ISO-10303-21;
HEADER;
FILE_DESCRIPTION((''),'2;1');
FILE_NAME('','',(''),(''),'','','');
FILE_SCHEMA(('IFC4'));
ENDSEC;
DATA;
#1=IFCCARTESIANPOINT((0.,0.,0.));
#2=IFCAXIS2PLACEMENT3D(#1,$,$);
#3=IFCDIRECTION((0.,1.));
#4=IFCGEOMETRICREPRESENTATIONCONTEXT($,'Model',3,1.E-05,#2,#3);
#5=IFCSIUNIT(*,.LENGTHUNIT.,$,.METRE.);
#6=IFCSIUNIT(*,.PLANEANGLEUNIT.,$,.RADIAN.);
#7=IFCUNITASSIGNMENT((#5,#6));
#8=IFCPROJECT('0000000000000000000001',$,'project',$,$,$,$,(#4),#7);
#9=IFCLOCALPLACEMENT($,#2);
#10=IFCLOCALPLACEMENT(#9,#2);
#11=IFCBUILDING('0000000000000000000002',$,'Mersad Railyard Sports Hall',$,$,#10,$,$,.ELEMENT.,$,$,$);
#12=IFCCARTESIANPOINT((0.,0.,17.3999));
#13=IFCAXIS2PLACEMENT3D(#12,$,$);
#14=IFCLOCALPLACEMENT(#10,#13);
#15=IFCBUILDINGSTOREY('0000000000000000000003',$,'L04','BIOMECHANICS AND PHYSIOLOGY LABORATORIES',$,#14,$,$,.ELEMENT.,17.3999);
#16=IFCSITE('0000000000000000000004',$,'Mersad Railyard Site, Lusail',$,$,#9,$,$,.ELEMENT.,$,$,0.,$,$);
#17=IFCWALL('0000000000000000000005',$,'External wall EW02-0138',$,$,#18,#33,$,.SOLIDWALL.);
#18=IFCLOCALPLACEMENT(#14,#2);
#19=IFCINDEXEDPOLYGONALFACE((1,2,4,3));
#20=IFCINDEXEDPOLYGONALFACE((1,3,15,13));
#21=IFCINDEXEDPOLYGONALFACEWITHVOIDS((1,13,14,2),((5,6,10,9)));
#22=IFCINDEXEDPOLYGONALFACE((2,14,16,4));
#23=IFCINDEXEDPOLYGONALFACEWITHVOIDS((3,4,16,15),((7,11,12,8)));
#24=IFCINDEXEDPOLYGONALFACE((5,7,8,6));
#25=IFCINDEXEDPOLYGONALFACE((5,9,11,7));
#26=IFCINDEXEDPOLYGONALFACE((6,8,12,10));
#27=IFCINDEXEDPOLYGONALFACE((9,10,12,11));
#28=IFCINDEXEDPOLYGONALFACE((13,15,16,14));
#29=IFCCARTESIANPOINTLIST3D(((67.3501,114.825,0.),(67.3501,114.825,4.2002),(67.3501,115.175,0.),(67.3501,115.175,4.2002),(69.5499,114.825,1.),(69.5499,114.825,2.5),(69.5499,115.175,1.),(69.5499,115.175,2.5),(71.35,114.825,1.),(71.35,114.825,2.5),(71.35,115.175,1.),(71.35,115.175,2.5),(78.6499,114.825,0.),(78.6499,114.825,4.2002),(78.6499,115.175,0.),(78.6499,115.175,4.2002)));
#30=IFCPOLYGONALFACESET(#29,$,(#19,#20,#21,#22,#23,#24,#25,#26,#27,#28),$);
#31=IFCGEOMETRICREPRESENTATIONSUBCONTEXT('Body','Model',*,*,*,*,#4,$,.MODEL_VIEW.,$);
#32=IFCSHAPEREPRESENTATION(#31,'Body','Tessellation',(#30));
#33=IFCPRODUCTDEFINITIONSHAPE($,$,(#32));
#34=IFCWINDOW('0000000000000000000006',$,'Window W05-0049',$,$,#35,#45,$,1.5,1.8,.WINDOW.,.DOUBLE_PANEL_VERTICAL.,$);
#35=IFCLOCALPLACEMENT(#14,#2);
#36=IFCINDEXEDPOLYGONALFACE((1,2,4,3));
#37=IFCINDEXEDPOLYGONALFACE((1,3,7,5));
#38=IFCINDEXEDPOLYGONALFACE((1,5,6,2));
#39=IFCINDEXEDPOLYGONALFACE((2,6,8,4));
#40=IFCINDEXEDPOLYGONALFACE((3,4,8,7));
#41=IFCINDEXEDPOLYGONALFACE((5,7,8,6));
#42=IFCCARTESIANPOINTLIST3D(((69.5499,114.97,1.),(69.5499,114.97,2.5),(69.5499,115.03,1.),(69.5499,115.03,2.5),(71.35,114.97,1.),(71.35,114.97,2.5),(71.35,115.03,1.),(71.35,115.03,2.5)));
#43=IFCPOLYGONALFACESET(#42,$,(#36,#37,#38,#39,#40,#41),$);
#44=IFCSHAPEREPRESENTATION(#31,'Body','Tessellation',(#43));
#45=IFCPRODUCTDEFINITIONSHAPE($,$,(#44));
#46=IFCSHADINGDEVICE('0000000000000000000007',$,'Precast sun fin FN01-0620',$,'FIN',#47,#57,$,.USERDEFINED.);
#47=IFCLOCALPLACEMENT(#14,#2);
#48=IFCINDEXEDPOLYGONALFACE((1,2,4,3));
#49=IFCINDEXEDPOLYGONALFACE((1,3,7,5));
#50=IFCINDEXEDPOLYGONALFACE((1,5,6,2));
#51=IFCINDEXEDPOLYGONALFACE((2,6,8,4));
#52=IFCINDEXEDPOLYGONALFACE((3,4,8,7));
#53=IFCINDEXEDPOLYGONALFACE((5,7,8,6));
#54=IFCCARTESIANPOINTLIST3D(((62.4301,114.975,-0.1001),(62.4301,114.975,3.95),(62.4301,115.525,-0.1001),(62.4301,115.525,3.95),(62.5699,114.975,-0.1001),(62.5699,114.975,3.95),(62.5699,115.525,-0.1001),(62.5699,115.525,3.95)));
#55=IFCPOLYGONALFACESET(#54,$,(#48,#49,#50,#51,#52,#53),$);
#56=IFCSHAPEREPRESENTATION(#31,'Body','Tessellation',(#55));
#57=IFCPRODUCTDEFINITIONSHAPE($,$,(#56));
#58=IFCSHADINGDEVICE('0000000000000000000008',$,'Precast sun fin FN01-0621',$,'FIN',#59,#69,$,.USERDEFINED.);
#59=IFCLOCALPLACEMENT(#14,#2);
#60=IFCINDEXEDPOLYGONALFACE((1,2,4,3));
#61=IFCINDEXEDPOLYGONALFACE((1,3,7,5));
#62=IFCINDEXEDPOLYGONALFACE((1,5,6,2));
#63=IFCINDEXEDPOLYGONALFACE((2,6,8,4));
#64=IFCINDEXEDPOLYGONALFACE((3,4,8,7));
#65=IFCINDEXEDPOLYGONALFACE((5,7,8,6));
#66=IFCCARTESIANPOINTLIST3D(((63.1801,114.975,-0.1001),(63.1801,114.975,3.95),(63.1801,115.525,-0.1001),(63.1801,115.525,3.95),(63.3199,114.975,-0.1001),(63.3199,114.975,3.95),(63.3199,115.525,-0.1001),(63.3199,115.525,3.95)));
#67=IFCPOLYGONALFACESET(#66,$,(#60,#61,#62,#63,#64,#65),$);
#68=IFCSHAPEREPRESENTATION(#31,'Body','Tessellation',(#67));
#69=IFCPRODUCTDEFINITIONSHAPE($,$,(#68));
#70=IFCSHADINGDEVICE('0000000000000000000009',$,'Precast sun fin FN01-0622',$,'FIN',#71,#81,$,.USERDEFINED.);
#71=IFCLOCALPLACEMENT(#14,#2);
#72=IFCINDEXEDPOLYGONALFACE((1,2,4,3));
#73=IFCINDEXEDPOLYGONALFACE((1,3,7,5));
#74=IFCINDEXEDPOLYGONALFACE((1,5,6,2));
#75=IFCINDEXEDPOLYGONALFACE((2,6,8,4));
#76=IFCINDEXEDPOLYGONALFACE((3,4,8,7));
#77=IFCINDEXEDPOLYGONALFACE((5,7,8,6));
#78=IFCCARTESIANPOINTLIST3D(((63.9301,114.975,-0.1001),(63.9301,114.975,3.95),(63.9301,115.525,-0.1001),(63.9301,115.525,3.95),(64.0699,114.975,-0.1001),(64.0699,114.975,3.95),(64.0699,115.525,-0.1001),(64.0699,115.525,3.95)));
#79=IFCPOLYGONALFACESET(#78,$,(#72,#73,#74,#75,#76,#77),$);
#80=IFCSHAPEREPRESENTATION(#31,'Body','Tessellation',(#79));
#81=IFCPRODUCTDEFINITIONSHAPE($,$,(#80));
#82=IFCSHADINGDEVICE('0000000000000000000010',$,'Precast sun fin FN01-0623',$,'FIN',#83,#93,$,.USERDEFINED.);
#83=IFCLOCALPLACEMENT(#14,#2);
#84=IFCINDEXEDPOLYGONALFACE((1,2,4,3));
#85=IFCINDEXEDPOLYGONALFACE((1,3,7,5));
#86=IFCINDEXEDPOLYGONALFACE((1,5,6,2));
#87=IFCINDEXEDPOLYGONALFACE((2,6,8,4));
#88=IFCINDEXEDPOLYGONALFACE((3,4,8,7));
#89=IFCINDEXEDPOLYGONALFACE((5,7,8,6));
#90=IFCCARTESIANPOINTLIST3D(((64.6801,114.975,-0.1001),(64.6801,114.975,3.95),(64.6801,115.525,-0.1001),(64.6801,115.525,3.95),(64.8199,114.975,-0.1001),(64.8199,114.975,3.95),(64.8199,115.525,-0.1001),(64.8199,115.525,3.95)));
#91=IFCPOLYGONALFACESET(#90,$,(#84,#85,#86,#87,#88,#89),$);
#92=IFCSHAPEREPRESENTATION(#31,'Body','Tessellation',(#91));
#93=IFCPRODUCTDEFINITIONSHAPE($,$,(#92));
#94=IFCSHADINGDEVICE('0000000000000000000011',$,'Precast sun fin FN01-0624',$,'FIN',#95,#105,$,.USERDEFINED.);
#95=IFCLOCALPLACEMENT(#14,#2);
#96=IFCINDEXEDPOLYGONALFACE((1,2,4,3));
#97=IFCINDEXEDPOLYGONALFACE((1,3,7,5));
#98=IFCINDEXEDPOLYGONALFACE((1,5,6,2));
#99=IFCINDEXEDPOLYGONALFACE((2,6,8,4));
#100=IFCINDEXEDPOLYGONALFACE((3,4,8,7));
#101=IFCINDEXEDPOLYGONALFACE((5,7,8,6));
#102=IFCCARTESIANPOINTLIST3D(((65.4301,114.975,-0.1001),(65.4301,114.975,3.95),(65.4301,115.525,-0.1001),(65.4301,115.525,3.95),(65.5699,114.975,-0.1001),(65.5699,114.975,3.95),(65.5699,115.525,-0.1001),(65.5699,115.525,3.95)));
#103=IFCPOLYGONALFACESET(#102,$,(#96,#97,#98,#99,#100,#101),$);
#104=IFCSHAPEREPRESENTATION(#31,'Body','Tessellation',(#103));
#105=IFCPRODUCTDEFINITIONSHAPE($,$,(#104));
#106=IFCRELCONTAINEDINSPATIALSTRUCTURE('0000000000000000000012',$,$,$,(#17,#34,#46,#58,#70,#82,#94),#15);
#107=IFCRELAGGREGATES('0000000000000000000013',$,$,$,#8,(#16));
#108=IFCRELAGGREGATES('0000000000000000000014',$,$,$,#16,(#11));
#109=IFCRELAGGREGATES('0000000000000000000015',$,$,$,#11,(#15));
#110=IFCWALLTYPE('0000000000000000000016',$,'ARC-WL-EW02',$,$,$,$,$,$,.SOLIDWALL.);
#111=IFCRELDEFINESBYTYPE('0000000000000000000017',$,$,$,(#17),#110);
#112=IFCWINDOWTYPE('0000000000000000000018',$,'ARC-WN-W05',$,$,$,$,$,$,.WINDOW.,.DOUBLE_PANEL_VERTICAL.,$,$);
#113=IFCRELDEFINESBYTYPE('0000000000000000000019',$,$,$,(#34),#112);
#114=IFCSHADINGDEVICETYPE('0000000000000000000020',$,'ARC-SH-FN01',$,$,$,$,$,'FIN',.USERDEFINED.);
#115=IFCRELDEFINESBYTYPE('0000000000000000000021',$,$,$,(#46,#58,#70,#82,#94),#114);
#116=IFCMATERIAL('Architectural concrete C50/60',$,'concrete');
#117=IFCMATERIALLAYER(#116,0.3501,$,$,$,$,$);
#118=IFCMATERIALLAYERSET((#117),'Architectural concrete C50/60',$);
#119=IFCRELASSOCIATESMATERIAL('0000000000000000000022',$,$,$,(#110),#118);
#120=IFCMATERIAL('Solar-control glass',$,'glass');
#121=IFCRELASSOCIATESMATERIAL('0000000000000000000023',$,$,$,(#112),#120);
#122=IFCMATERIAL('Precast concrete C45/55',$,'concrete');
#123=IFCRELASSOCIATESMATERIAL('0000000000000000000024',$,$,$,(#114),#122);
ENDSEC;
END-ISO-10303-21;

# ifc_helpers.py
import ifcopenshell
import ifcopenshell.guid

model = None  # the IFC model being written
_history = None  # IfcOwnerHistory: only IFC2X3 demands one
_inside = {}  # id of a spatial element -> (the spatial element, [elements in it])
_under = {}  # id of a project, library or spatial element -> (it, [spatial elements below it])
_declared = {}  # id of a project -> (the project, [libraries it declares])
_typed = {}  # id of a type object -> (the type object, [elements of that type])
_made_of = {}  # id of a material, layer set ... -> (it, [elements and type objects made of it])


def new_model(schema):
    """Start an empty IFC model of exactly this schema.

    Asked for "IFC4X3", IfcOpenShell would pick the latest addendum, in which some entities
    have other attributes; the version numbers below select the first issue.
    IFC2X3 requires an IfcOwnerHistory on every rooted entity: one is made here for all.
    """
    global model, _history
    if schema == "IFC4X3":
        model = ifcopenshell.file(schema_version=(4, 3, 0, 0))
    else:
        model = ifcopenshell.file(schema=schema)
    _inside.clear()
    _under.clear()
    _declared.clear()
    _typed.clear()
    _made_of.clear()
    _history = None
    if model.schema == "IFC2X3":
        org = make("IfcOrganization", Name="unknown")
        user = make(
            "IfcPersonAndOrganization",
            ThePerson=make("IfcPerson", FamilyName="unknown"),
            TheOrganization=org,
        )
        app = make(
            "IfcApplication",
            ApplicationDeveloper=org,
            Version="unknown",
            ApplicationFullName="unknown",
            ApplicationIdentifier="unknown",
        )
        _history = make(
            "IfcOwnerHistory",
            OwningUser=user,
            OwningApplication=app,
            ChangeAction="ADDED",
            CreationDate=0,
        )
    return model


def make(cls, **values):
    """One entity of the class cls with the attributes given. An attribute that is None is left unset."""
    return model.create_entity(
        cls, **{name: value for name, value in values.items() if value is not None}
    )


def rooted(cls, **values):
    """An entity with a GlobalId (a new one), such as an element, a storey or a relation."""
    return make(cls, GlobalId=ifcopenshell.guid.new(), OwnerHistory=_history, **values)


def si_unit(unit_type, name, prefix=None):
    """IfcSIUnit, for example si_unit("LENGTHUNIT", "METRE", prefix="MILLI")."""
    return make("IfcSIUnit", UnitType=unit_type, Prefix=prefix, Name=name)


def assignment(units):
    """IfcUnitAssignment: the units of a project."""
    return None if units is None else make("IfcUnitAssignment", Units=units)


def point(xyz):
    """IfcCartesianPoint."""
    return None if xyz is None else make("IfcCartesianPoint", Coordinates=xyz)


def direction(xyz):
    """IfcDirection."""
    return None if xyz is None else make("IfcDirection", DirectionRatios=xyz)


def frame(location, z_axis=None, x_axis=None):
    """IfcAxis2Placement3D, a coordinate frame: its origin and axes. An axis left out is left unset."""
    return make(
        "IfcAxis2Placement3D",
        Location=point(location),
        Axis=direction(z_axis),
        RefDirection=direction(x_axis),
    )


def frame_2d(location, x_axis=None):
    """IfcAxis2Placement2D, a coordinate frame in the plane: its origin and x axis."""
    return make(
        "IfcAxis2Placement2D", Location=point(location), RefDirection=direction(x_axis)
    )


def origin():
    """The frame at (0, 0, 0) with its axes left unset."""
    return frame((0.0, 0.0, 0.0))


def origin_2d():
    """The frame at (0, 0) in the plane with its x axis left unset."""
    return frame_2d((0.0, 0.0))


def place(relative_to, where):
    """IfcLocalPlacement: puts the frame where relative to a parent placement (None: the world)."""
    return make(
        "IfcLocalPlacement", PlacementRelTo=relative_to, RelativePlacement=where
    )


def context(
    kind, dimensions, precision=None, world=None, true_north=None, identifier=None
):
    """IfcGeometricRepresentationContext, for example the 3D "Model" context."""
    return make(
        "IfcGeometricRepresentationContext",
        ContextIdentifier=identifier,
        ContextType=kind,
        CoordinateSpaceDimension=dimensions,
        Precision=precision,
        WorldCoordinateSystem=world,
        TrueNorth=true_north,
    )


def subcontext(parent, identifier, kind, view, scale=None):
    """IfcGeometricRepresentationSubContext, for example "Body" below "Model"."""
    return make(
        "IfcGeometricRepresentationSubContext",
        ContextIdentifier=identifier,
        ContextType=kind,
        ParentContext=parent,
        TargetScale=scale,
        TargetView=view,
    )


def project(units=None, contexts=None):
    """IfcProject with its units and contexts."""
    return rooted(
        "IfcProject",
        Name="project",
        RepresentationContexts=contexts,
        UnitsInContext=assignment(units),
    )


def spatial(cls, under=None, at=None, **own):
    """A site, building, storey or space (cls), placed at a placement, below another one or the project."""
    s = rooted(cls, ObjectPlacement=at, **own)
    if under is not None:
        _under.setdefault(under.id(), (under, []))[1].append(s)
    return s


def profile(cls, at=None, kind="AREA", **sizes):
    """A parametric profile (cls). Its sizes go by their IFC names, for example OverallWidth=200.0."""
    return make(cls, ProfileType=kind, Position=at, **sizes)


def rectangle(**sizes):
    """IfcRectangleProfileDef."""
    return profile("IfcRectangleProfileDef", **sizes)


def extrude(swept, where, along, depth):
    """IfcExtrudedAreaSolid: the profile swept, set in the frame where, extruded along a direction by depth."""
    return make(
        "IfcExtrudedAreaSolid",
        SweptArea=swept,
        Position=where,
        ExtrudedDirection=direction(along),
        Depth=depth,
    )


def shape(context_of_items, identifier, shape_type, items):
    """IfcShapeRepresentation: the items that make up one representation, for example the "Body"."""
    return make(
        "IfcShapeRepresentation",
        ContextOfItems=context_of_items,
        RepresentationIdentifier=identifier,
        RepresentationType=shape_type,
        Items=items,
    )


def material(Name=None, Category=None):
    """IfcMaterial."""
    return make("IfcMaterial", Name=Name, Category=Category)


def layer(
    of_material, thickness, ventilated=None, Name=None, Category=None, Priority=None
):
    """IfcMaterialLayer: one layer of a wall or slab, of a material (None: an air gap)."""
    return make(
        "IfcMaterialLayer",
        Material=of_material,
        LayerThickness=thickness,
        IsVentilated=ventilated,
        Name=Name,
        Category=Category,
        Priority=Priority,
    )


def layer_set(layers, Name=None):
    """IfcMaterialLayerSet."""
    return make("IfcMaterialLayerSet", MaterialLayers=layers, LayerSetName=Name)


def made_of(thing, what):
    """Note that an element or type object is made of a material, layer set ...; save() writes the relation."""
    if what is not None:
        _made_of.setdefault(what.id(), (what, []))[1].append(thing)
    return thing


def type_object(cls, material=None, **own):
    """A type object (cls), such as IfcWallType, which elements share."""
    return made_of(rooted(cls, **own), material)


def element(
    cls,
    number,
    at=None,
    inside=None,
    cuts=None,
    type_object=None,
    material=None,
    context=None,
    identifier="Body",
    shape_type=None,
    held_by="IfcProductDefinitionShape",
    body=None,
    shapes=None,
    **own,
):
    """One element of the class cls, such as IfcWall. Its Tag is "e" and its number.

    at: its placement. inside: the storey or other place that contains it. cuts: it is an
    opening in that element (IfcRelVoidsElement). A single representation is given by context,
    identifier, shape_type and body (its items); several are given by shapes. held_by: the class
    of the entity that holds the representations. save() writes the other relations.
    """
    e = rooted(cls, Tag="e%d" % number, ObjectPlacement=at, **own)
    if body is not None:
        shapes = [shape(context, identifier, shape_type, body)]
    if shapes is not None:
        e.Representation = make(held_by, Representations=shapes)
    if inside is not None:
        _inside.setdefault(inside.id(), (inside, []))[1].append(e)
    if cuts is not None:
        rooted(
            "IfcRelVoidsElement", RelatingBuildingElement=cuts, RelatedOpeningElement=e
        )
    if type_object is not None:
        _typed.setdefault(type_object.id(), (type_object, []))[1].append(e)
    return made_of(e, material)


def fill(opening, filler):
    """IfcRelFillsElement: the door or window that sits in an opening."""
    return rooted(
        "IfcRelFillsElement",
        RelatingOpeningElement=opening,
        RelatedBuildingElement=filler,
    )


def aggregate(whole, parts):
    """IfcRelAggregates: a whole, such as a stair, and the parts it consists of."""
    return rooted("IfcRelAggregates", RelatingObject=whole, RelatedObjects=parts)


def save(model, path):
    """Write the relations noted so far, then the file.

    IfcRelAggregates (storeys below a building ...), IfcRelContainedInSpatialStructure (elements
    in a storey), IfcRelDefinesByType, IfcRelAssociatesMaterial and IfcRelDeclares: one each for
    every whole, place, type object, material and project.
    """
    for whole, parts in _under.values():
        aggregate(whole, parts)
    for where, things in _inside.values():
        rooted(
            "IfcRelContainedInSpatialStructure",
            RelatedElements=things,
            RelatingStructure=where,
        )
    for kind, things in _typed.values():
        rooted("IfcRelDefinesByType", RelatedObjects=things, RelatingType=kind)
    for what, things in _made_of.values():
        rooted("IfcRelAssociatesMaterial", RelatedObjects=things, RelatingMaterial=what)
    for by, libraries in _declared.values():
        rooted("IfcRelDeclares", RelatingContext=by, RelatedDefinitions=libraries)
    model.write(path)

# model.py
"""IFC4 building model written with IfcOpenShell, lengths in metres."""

from ifc_helpers import new_model, si_unit, direction, frame, frame_2d, origin, origin_2d, place, context, subcontext, project, spatial, rectangle, extrude, material, layer, layer_set, type_object, element, fill, save


model = new_model("IFC4")

# Units and contexts
model_context = context("Model", 3, precision=1e-05, world=origin(), true_north=direction((0.0, 1.0)))
body_context = subcontext(model_context, "Body", "Model", "MODEL_VIEW")
ifc_project = project(units=[si_unit("LENGTHUNIT", "METRE"), si_unit("PLANEANGLEUNIT", "RADIAN")], contexts=[model_context])

# Site, building, storey
site_placement = place(None, origin())
site = spatial("IfcSite", under=ifc_project, at=site_placement, Name="Mersad Railyard Site, Lusail", CompositionType="ELEMENT", RefElevation=0.0)
building_placement = place(site_placement, origin())
building = spatial("IfcBuilding", under=site, at=building_placement, Name="Mersad Railyard Sports Hall", CompositionType="ELEMENT")
storey_placement = place(building_placement, frame((0.0, 0.0, 17.3999)))
storey = spatial("IfcBuildingStorey", under=building, at=storey_placement, Name="L04", Description="BIOMECHANICS AND PHYSIOLOGY LABORATORIES", CompositionType="ELEMENT", Elevation=17.3999)

# Shared definitions
ifc_material_1 = material(Name="Solar-control glass", Category="glass")

# Wall, opening, window
ifc_material_2 = material(Name="Architectural concrete C50/60", Category="concrete")
ifc_layer_1 = layer(ifc_material_2, 0.3501)
ifc_layer_set_1 = layer_set([ifc_layer_1], Name="Architectural concrete C50/60")
wall_type = type_object("IfcWallType", Name="ARC-WL-EW02", PredefinedType="SOLIDWALL", material=ifc_layer_set_1)
wall_placement = place(storey_placement, frame((67.3501, 115.0, 0.0), z_axis=(0.0, 0.0, 1.0), x_axis=(1.0, 0.0, 0.0)))
wall = element("IfcWall", 1, at=wall_placement, inside=storey, type_object=wall_type, Name="External wall EW02-0138", PredefinedType="SOLIDWALL", context=body_context, shape_type="SweptSolid", body=[
    extrude(rectangle(XDim=11.2998, YDim=0.3501, at=frame_2d((5.6499, 0.0))), origin(), (0.0, 0.0, 1.0), 4.2002),
])
opening_placement = place(wall_placement, frame((2.2, 0.0, 1.0)))
opening = element("IfcOpeningElement", 2, at=opening_placement, cuts=wall, PredefinedType="OPENING", context=body_context, shape_type="SweptSolid", body=[
    extrude(rectangle(XDim=1.8, YDim=1.5, at=frame_2d((0.8999, 0.75))), frame((0.0, 0.1851, 0.0), z_axis=(0.0, -1.0, 0.0), x_axis=(1.0, 0.0, 0.0)), (0.0, 0.0, 1.0), 0.3701),
])
window_type = type_object("IfcWindowType", Name="ARC-WN-W05", PartitioningType="DOUBLE_PANEL_VERTICAL", PredefinedType="WINDOW", material=ifc_material_1)
window_placement = place(opening_placement, origin())
window = element("IfcWindow", 3, at=window_placement, inside=storey, type_object=window_type, Name="Window W05-0049", OverallHeight=1.5, OverallWidth=1.8, PartitioningType="DOUBLE_PANEL_VERTICAL", PredefinedType="WINDOW", context=body_context, shape_type="SweptSolid", body=[
    extrude(rectangle(XDim=1.8, YDim=1.5, at=frame_2d((0.8999, 0.75))), frame((0.0, 0.03, 0.0), z_axis=(0.0, -1.0, 0.0), x_axis=(1.0, 0.0, 0.0)), (0.0, 0.0, 1.0), 0.0601),
])
fill(opening, window)

# Shading devices
ifc_material_3 = material(Name="Precast concrete C45/55", Category="concrete")
shading_device_type = type_object("IfcShadingDeviceType", Name="ARC-SH-FN01", ElementType="FIN", PredefinedType="USERDEFINED", material=ifc_material_3)
for number, where, z_axis, x_axis, name in (
    (4, (62.5, 115.25, -0.1001), (0.0, 0.0, 1.0), (1.0, 0.0, 0.0), "Precast sun fin FN01-0620"),
    (5, (63.25, 115.25, -0.1001), (0.0, 0.0, 1.0), (1.0, 0.0, 0.0), "Precast sun fin FN01-0621"),
    (6, (64.0, 115.25, -0.1001), (0.0, 0.0, 1.0), (1.0, 0.0, 0.0), "Precast sun fin FN01-0622"),
    (7, (64.75, 115.25, -0.1001), (0.0, 0.0, 1.0), (1.0, 0.0, 0.0), "Precast sun fin FN01-0623"),
    (8, (65.5, 115.25, -0.1001), (0.0, 0.0, 1.0), (1.0, 0.0, 0.0), "Precast sun fin FN01-0624"),
):
    element("IfcShadingDevice", number, at=place(storey_placement, frame(where, z_axis=z_axis, x_axis=x_axis)), inside=storey, type_object=shading_device_type, Name=name, ObjectType="FIN", PredefinedType="USERDEFINED", context=body_context, shape_type="SweptSolid", body=[
        extrude(rectangle(XDim=0.1399, YDim=0.55, at=origin_2d()), origin(), (0.0, 0.0, 1.0), 4.05),
    ])

save(model, "model.ifc")
